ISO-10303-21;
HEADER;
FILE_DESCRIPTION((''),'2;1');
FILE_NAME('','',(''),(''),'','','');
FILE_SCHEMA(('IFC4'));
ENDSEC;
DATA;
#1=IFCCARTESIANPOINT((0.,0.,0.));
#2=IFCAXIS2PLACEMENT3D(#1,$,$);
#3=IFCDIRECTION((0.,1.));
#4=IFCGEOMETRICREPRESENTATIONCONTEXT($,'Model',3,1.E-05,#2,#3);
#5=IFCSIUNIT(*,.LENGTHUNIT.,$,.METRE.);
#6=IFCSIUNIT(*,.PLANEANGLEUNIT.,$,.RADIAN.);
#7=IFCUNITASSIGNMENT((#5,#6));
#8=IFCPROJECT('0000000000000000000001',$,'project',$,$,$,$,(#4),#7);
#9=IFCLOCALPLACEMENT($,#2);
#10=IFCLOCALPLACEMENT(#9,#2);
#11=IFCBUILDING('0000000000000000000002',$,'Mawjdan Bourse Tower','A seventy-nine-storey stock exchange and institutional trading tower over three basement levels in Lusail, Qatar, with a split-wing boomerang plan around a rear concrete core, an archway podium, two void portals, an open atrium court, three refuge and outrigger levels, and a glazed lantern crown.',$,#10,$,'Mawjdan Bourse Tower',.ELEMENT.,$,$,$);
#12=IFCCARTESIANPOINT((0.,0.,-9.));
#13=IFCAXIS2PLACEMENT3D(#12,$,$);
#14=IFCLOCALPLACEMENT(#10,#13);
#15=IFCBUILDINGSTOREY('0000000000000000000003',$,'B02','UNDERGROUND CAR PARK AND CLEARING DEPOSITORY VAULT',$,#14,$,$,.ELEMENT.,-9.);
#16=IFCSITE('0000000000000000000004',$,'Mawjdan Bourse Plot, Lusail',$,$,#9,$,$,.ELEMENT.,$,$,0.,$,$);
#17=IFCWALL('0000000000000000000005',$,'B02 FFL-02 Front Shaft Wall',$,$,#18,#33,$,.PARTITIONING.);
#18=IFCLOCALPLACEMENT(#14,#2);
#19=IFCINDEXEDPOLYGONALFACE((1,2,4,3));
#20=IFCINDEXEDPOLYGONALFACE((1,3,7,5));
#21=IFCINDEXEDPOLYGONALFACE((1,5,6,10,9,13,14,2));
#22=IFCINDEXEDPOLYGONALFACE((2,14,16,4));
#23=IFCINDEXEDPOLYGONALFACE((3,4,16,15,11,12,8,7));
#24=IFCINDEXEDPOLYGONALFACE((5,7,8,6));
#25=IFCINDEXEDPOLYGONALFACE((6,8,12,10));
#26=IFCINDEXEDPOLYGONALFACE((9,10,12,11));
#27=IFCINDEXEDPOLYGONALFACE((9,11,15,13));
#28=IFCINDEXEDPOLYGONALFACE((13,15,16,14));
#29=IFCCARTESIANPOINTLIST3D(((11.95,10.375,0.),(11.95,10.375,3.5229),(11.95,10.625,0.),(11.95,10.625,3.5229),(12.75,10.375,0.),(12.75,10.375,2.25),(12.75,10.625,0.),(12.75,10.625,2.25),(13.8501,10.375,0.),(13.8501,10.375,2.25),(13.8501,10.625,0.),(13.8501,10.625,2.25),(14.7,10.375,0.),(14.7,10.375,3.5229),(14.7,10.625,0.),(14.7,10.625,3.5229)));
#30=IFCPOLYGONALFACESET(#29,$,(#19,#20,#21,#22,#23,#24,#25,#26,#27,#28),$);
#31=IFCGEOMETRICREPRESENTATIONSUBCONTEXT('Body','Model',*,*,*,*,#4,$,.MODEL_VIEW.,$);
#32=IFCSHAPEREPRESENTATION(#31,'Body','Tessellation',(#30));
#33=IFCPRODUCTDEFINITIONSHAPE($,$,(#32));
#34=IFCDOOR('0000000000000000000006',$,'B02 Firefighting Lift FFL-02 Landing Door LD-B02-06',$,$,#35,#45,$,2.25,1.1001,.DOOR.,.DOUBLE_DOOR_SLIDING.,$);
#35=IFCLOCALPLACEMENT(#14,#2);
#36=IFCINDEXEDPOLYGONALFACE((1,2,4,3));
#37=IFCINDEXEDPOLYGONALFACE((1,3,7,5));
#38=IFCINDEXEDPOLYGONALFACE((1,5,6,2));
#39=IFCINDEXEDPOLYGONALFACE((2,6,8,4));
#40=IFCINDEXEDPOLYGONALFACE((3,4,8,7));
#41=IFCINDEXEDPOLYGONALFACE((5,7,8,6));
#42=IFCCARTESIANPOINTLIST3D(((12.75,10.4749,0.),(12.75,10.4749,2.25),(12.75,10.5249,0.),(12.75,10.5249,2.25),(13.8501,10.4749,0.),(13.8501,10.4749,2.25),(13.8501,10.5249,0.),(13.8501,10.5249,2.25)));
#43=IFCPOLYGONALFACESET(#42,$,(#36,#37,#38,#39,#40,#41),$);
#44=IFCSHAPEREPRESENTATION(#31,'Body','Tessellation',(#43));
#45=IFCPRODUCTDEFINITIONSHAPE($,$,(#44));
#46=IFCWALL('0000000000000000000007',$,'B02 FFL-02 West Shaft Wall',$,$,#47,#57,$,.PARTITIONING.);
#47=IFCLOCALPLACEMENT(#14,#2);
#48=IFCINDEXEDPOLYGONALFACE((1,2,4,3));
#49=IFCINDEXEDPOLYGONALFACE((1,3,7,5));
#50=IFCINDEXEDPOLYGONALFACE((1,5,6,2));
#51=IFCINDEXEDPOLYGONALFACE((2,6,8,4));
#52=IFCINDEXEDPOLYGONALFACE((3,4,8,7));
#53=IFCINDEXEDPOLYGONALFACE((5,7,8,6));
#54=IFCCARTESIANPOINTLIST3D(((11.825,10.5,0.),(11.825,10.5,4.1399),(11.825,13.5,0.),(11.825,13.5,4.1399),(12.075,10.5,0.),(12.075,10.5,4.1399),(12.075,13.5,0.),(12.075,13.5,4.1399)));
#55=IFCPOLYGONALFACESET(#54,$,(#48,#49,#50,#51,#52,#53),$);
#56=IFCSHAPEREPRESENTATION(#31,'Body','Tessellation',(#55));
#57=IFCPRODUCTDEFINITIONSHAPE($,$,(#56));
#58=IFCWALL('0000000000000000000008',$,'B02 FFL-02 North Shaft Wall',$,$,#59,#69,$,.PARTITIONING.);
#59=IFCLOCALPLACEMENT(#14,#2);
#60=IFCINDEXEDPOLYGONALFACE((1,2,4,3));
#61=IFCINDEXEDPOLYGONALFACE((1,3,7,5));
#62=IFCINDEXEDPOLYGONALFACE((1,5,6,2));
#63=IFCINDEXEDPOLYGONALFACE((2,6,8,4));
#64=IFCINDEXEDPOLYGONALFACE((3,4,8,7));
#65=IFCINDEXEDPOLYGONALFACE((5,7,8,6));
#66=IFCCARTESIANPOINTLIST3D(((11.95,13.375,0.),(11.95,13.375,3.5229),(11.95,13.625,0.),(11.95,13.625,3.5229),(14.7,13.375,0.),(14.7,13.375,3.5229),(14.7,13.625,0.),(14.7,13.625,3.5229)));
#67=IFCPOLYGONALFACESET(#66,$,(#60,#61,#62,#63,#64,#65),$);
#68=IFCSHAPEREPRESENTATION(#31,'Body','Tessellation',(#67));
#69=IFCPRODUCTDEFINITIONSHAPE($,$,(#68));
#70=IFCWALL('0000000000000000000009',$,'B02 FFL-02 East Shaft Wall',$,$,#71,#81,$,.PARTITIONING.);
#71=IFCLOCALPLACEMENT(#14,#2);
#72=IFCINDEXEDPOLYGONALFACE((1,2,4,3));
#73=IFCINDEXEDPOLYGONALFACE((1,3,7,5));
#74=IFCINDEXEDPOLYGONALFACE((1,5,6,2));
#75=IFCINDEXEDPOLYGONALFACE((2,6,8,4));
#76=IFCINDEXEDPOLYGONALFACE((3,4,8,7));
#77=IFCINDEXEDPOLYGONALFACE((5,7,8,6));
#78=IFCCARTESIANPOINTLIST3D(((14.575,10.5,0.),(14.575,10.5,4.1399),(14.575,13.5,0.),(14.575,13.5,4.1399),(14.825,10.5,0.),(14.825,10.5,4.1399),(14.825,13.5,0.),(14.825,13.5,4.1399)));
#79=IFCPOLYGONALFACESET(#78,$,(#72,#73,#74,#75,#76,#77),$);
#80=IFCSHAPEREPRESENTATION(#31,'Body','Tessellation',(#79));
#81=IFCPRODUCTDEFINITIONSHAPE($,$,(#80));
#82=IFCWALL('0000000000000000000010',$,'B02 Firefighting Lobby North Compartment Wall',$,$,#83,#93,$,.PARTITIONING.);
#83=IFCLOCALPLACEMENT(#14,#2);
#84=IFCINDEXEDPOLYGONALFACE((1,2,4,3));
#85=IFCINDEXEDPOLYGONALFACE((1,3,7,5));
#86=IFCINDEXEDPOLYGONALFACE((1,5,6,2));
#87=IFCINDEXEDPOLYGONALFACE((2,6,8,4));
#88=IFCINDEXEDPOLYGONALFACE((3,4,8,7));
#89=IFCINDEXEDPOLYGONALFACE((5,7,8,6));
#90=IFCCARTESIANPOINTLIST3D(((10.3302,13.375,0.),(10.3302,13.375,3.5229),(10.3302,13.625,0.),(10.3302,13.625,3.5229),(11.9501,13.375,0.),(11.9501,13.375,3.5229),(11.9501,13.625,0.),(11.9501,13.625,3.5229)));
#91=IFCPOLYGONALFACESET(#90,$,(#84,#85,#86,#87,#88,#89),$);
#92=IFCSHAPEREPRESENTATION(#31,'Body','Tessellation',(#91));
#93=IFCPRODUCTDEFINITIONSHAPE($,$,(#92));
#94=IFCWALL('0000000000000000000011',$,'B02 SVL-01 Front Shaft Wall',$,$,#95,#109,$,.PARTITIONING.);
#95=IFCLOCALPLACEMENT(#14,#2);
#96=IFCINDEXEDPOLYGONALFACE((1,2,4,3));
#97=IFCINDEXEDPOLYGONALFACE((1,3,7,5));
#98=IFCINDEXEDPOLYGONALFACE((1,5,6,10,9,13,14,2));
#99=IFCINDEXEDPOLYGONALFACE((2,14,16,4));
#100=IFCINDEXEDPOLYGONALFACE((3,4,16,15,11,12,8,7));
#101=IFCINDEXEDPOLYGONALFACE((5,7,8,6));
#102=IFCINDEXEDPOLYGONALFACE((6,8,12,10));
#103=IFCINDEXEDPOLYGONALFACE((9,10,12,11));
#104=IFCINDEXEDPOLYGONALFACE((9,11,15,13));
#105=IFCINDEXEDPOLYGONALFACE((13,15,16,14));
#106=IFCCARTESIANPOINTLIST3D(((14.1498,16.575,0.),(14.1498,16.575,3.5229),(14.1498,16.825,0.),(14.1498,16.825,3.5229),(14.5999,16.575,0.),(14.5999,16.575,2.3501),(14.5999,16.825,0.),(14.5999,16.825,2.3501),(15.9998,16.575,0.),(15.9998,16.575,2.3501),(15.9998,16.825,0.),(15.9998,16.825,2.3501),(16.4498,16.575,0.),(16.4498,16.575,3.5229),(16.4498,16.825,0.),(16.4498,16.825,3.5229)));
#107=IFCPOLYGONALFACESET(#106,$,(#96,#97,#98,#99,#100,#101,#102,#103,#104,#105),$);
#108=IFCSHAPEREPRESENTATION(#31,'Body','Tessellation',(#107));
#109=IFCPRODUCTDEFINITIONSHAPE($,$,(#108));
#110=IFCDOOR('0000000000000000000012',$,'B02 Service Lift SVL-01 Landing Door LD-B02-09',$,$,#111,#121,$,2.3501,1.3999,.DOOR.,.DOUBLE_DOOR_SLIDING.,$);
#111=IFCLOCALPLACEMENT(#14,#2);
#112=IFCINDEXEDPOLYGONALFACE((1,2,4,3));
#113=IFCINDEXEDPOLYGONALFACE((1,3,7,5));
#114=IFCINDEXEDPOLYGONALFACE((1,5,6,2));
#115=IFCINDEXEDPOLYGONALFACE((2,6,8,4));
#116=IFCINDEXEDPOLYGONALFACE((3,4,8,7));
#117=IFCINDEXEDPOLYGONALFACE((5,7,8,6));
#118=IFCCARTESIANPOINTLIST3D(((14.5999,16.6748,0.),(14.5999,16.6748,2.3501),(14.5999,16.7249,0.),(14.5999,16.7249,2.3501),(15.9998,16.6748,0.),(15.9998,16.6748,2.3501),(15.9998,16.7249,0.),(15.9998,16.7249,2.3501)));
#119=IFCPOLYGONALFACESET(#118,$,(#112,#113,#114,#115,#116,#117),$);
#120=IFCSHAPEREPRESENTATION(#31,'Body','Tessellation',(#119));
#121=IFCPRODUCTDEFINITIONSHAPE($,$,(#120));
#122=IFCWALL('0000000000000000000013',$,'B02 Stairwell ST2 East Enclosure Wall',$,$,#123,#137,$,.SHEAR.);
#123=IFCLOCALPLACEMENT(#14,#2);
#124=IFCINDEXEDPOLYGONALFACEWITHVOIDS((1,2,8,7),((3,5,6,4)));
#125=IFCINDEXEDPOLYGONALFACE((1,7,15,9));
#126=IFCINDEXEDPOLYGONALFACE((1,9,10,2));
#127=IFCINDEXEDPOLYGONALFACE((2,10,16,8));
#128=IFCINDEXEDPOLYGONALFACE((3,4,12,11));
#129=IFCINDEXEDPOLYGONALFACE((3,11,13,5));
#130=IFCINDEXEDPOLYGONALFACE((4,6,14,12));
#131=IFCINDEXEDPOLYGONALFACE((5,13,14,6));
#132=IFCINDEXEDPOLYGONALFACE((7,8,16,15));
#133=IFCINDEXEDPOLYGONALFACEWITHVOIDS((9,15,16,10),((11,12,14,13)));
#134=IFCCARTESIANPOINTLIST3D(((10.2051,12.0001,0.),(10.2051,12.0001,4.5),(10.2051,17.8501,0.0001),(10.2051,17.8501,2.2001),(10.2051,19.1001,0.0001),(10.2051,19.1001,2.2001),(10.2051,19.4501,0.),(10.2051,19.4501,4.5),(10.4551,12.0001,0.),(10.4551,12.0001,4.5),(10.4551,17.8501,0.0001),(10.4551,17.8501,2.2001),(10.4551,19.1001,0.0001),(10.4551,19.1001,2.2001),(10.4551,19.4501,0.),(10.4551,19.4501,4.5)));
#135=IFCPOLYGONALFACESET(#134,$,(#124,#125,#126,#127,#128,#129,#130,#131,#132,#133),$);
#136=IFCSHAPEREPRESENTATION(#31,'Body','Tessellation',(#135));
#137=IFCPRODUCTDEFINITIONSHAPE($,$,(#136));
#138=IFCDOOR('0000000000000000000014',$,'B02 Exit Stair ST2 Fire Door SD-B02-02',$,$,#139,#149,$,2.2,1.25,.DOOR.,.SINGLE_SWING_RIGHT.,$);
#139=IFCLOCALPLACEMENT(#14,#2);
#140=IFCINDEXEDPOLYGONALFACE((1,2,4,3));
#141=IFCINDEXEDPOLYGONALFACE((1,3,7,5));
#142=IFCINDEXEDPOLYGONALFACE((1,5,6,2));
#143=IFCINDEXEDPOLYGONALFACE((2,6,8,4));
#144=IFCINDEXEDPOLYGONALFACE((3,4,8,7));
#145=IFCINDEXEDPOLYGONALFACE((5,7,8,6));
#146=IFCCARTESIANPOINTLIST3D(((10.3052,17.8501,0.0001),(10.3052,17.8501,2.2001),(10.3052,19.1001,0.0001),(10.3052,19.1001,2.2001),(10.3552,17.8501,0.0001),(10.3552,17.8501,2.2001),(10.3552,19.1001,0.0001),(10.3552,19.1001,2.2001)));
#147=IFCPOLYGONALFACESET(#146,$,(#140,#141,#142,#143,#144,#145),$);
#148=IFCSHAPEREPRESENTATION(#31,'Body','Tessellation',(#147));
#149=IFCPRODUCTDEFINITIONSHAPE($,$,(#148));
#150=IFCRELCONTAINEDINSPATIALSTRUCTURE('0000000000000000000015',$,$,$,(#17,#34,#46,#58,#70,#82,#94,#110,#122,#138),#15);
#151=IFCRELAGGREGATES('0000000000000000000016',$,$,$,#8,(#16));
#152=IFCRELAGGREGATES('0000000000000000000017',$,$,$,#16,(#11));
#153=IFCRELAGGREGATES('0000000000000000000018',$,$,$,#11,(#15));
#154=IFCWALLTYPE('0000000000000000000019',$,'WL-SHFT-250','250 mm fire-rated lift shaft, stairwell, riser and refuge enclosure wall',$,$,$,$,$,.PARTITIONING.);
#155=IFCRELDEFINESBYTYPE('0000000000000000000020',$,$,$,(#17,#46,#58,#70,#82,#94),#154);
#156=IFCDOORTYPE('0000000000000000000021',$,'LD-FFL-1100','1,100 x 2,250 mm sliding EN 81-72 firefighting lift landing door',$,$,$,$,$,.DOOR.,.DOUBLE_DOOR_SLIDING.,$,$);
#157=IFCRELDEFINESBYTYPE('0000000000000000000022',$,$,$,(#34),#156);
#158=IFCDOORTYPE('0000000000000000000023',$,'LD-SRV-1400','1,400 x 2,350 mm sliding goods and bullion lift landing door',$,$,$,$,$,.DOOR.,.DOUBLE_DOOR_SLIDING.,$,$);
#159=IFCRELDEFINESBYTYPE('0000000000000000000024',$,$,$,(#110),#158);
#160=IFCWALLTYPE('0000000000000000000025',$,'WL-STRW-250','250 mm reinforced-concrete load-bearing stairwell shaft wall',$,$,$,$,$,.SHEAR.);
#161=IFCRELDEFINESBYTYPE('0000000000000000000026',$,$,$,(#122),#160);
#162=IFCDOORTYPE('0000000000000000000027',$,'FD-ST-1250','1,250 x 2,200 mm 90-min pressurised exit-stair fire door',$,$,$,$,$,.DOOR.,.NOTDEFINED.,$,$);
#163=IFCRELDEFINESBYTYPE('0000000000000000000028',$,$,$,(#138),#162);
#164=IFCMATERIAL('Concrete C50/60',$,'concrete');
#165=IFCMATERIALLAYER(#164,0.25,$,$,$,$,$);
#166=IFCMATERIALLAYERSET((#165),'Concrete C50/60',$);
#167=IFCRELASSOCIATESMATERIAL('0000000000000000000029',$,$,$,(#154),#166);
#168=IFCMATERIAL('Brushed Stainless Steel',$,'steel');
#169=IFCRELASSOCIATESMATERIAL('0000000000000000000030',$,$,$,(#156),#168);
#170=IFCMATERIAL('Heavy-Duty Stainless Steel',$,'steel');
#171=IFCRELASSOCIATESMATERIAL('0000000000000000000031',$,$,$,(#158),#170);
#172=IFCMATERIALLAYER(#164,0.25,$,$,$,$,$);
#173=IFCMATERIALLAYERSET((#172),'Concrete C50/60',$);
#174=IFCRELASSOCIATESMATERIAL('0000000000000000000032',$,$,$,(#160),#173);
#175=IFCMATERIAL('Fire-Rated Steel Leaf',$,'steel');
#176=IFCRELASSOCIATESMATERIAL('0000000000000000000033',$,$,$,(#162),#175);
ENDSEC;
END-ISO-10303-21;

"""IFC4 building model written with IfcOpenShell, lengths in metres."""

from ifc_helpers import new_model, si_unit, direction, frame, frame_2d, origin, place, context, subcontext, project, spatial, rectangle, extrude, material, layer, layer_set, type_object, element, fill, save


model = new_model("IFC4")

# Units and contexts
model_context = context("Model", 3, precision=1e-05, world=origin(), true_north=direction((0.0, 1.0)))
body_context = subcontext(model_context, "Body", "Model", "MODEL_VIEW")
ifc_project = project(units=[si_unit("LENGTHUNIT", "METRE"), si_unit("PLANEANGLEUNIT", "RADIAN")], contexts=[model_context])

# Site, building, storey
site_placement = place(None, origin())
site = spatial("IfcSite", under=ifc_project, at=site_placement, Name="Mawjdan Bourse Plot, Lusail", CompositionType="ELEMENT", RefElevation=0.0)
building_placement = place(site_placement, origin())
building = spatial("IfcBuilding", under=site, at=building_placement, Name="Mawjdan Bourse Tower", Description="A seventy-nine-storey stock exchange and institutional trading tower over three basement levels in Lusail, Qatar, with a split-wing boomerang plan around a rear concrete core, an archway podium, two void portals, an open atrium court, three refuge and outrigger levels, and a glazed lantern crown.", LongName="Mawjdan Bourse Tower", CompositionType="ELEMENT")
storey_placement = place(building_placement, frame((0.0, 0.0, -9.0)))
storey = spatial("IfcBuildingStorey", under=building, at=storey_placement, Name="B02", Description="UNDERGROUND CAR PARK AND CLEARING DEPOSITORY VAULT", CompositionType="ELEMENT", Elevation=-9.0)

# Wall, opening, door
ifc_material_1 = material(Name="Concrete C50/60", Category="concrete")
ifc_layer_1 = layer(ifc_material_1, 0.25)
ifc_layer_set_1 = layer_set([ifc_layer_1], Name="Concrete C50/60")
wall_type_1 = type_object("IfcWallType", Name="WL-SHFT-250", Description="250 mm fire-rated lift shaft, stairwell, riser and refuge enclosure wall", PredefinedType="PARTITIONING", material=ifc_layer_set_1)
wall_1_placement = place(storey_placement, frame((11.95, 10.5, 0.0), z_axis=(0.0, 0.0, 1.0), x_axis=(1.0, 0.0, 0.0)))
wall_1 = element("IfcWall", 1, at=wall_1_placement, inside=storey, type_object=wall_type_1, Name="B02 FFL-02 Front Shaft Wall", PredefinedType="PARTITIONING", context=body_context, shape_type="SweptSolid", body=[
    extrude(rectangle(XDim=2.75, YDim=0.25, at=frame_2d((1.375, 0.0))), origin(), (0.0, 0.0, 1.0), 3.5229),
])
opening_1_placement = place(wall_1_placement, frame((0.8, 0.0, 0.0)))
opening_1 = element("IfcOpeningElement", 2, at=opening_1_placement, cuts=wall_1, PredefinedType="OPENING", context=body_context, shape_type="SweptSolid", body=[
    extrude(rectangle(XDim=1.1001, YDim=2.25, at=frame_2d((0.55, 1.125))), frame((0.0, 0.135, 0.0), z_axis=(0.0, -1.0, 0.0), x_axis=(1.0, 0.0, 0.0)), (0.0, 0.0, 1.0), 0.27),
])
ifc_material_2 = material(Name="Brushed Stainless Steel", Category="steel")
door_type_1 = type_object("IfcDoorType", Name="LD-FFL-1100", Description="1,100 x 2,250 mm sliding EN 81-72 firefighting lift landing door", OperationType="DOUBLE_DOOR_SLIDING", PredefinedType="DOOR", material=ifc_material_2)
door_1_placement = place(opening_1_placement, origin())
door_1 = element("IfcDoor", 3, at=door_1_placement, inside=storey, type_object=door_type_1, Name="B02 Firefighting Lift FFL-02 Landing Door LD-B02-06", OperationType="DOUBLE_DOOR_SLIDING", OverallHeight=2.25, OverallWidth=1.1001, PredefinedType="DOOR", context=body_context, shape_type="SweptSolid", body=[
    extrude(rectangle(XDim=1.1001, YDim=2.25, at=frame_2d((0.55, 1.125))), frame((0.0, 0.0249, 0.0), z_axis=(0.0, -1.0, 0.0), x_axis=(1.0, 0.0, 0.0)), (0.0, 0.0, 1.0), 0.05),
])
fill(opening_1, door_1)

# Walls
wall_2_placement = place(storey_placement, frame((11.95, 10.5, 0.0), z_axis=(0.0, 0.0, 1.0), x_axis=(0.0, 1.0, 0.0)))
element("IfcWall", 4, at=wall_2_placement, inside=storey, type_object=wall_type_1, Name="B02 FFL-02 West Shaft Wall", PredefinedType="PARTITIONING", context=body_context, shape_type="SweptSolid", body=[
    extrude(rectangle(XDim=3.0, YDim=0.25, at=frame_2d((1.5, 0.0))), origin(), (0.0, 0.0, 1.0), 4.1399),
])
wall_3_placement = place(storey_placement, frame((11.95, 13.5, 0.0), z_axis=(0.0, 0.0, 1.0), x_axis=(1.0, 0.0, 0.0)))
element("IfcWall", 5, at=wall_3_placement, inside=storey, type_object=wall_type_1, Name="B02 FFL-02 North Shaft Wall", PredefinedType="PARTITIONING", context=body_context, shape_type="SweptSolid", body=[
    extrude(rectangle(XDim=2.75, YDim=0.25, at=frame_2d((1.375, 0.0))), origin(), (0.0, 0.0, 1.0), 3.5229),
])
wall_4_placement = place(storey_placement, frame((14.7, 10.5, 0.0), z_axis=(0.0, 0.0, 1.0), x_axis=(0.0, 1.0, 0.0)))
element("IfcWall", 6, at=wall_4_placement, inside=storey, type_object=wall_type_1, Name="B02 FFL-02 East Shaft Wall", PredefinedType="PARTITIONING", context=body_context, shape_type="SweptSolid", body=[
    extrude(rectangle(XDim=3.0, YDim=0.25, at=frame_2d((1.5, 0.0))), origin(), (0.0, 0.0, 1.0), 4.1399),
])
wall_5_placement = place(storey_placement, frame((10.3301, 13.5, 0.0), z_axis=(0.0, 0.0, 1.0), x_axis=(1.0, 0.0, 0.0)))
element("IfcWall", 7, at=wall_5_placement, inside=storey, type_object=wall_type_1, Name="B02 Firefighting Lobby North Compartment Wall", PredefinedType="PARTITIONING", context=body_context, shape_type="SweptSolid", body=[
    extrude(rectangle(XDim=1.6199, YDim=0.25, at=frame_2d((0.8101, 0.0))), origin(), (0.0, 0.0, 1.0), 3.5229),
])

# Walls, openings, doors
wall_6_placement = place(storey_placement, frame((14.1499, 16.7, 0.0), z_axis=(0.0, 0.0, 1.0), x_axis=(1.0, 0.0, 0.0)))
wall_6 = element("IfcWall", 8, at=wall_6_placement, inside=storey, type_object=wall_type_1, Name="B02 SVL-01 Front Shaft Wall", PredefinedType="PARTITIONING", context=body_context, shape_type="SweptSolid", body=[
    extrude(rectangle(XDim=2.3, YDim=0.25, at=frame_2d((1.1499, 0.0))), origin(), (0.0, 0.0, 1.0), 3.5229),
])
opening_2_placement = place(wall_6_placement, frame((0.45, 0.0, 0.0)))
opening_2 = element("IfcOpeningElement", 9, at=opening_2_placement, cuts=wall_6, PredefinedType="OPENING", context=body_context, shape_type="SweptSolid", body=[
    extrude(rectangle(XDim=1.3999, YDim=2.3501, at=frame_2d((0.7, 1.175))), frame((0.0, 0.135, 0.0), z_axis=(0.0, -1.0, 0.0), x_axis=(1.0, 0.0, 0.0)), (0.0, 0.0, 1.0), 0.27),
])
ifc_material_3 = material(Name="Heavy-Duty Stainless Steel", Category="steel")
door_type_2 = type_object("IfcDoorType", Name="LD-SRV-1400", Description="1,400 x 2,350 mm sliding goods and bullion lift landing door", OperationType="DOUBLE_DOOR_SLIDING", PredefinedType="DOOR", material=ifc_material_3)
door_2_placement = place(opening_2_placement, origin())
door_2 = element("IfcDoor", 10, at=door_2_placement, inside=storey, type_object=door_type_2, Name="B02 Service Lift SVL-01 Landing Door LD-B02-09", OperationType="DOUBLE_DOOR_SLIDING", OverallHeight=2.3501, OverallWidth=1.3999, PredefinedType="DOOR", context=body_context, shape_type="SweptSolid", body=[
    extrude(rectangle(XDim=1.3999, YDim=2.3501, at=frame_2d((0.7, 1.175))), frame((0.0, 0.0249, 0.0), z_axis=(0.0, -1.0, 0.0), x_axis=(1.0, 0.0, 0.0)), (0.0, 0.0, 1.0), 0.05),
])
fill(opening_2, door_2)
ifc_layer_2 = layer(ifc_material_1, 0.25)
ifc_layer_set_2 = layer_set([ifc_layer_2], Name="Concrete C50/60")
wall_type_2 = type_object("IfcWallType", Name="WL-STRW-250", Description="250 mm reinforced-concrete load-bearing stairwell shaft wall", PredefinedType="SHEAR", material=ifc_layer_set_2)
wall_7_placement = place(storey_placement, frame((10.3301, 12.0, 0.0), z_axis=(0.0, 0.0, 1.0), x_axis=(0.0, 1.0, 0.0)))
wall_7 = element("IfcWall", 11, at=wall_7_placement, inside=storey, type_object=wall_type_2, Name="B02 Stairwell ST2 East Enclosure Wall", PredefinedType="SHEAR", context=body_context, shape_type="SweptSolid", body=[
    extrude(rectangle(XDim=7.45, YDim=0.25, at=frame_2d((3.7251, 0.0))), origin(), (0.0, 0.0, 1.0), 4.5),
])
opening_3_placement = place(wall_7_placement, frame((5.8501, 0.0, 0.0)))
opening_3 = element("IfcOpeningElement", 12, at=opening_3_placement, cuts=wall_7, PredefinedType="OPENING", context=body_context, shape_type="SweptSolid", body=[
    extrude(rectangle(XDim=1.25, YDim=2.2, at=frame_2d((0.625, 1.1001))), frame((0.0, 0.135, 0.0), z_axis=(0.0, -1.0, 0.0), x_axis=(1.0, 0.0, 0.0)), (0.0, 0.0, 1.0), 0.27),
])
ifc_material_4 = material(Name="Fire-Rated Steel Leaf", Category="steel")
door_type_3 = type_object("IfcDoorType", Name="FD-ST-1250", Description="1,250 x 2,200 mm 90-min pressurised exit-stair fire door", OperationType="NOTDEFINED", PredefinedType="DOOR", material=ifc_material_4)
door_3_placement = place(opening_3_placement, origin())
door_3 = element("IfcDoor", 13, at=door_3_placement, inside=storey, type_object=door_type_3, Name="B02 Exit Stair ST2 Fire Door SD-B02-02", OperationType="SINGLE_SWING_RIGHT", OverallHeight=2.2, OverallWidth=1.25, PredefinedType="DOOR", context=body_context, shape_type="SweptSolid", body=[
    extrude(rectangle(XDim=1.25, YDim=2.2, at=frame_2d((0.625, 1.1001))), frame((0.0, 0.0249, 0.0), z_axis=(0.0, -1.0, 0.0), x_axis=(1.0, 0.0, 0.0)), (0.0, 0.0, 1.0), 0.05),
])
fill(opening_3, door_3)

save(model, "model.ifc")
